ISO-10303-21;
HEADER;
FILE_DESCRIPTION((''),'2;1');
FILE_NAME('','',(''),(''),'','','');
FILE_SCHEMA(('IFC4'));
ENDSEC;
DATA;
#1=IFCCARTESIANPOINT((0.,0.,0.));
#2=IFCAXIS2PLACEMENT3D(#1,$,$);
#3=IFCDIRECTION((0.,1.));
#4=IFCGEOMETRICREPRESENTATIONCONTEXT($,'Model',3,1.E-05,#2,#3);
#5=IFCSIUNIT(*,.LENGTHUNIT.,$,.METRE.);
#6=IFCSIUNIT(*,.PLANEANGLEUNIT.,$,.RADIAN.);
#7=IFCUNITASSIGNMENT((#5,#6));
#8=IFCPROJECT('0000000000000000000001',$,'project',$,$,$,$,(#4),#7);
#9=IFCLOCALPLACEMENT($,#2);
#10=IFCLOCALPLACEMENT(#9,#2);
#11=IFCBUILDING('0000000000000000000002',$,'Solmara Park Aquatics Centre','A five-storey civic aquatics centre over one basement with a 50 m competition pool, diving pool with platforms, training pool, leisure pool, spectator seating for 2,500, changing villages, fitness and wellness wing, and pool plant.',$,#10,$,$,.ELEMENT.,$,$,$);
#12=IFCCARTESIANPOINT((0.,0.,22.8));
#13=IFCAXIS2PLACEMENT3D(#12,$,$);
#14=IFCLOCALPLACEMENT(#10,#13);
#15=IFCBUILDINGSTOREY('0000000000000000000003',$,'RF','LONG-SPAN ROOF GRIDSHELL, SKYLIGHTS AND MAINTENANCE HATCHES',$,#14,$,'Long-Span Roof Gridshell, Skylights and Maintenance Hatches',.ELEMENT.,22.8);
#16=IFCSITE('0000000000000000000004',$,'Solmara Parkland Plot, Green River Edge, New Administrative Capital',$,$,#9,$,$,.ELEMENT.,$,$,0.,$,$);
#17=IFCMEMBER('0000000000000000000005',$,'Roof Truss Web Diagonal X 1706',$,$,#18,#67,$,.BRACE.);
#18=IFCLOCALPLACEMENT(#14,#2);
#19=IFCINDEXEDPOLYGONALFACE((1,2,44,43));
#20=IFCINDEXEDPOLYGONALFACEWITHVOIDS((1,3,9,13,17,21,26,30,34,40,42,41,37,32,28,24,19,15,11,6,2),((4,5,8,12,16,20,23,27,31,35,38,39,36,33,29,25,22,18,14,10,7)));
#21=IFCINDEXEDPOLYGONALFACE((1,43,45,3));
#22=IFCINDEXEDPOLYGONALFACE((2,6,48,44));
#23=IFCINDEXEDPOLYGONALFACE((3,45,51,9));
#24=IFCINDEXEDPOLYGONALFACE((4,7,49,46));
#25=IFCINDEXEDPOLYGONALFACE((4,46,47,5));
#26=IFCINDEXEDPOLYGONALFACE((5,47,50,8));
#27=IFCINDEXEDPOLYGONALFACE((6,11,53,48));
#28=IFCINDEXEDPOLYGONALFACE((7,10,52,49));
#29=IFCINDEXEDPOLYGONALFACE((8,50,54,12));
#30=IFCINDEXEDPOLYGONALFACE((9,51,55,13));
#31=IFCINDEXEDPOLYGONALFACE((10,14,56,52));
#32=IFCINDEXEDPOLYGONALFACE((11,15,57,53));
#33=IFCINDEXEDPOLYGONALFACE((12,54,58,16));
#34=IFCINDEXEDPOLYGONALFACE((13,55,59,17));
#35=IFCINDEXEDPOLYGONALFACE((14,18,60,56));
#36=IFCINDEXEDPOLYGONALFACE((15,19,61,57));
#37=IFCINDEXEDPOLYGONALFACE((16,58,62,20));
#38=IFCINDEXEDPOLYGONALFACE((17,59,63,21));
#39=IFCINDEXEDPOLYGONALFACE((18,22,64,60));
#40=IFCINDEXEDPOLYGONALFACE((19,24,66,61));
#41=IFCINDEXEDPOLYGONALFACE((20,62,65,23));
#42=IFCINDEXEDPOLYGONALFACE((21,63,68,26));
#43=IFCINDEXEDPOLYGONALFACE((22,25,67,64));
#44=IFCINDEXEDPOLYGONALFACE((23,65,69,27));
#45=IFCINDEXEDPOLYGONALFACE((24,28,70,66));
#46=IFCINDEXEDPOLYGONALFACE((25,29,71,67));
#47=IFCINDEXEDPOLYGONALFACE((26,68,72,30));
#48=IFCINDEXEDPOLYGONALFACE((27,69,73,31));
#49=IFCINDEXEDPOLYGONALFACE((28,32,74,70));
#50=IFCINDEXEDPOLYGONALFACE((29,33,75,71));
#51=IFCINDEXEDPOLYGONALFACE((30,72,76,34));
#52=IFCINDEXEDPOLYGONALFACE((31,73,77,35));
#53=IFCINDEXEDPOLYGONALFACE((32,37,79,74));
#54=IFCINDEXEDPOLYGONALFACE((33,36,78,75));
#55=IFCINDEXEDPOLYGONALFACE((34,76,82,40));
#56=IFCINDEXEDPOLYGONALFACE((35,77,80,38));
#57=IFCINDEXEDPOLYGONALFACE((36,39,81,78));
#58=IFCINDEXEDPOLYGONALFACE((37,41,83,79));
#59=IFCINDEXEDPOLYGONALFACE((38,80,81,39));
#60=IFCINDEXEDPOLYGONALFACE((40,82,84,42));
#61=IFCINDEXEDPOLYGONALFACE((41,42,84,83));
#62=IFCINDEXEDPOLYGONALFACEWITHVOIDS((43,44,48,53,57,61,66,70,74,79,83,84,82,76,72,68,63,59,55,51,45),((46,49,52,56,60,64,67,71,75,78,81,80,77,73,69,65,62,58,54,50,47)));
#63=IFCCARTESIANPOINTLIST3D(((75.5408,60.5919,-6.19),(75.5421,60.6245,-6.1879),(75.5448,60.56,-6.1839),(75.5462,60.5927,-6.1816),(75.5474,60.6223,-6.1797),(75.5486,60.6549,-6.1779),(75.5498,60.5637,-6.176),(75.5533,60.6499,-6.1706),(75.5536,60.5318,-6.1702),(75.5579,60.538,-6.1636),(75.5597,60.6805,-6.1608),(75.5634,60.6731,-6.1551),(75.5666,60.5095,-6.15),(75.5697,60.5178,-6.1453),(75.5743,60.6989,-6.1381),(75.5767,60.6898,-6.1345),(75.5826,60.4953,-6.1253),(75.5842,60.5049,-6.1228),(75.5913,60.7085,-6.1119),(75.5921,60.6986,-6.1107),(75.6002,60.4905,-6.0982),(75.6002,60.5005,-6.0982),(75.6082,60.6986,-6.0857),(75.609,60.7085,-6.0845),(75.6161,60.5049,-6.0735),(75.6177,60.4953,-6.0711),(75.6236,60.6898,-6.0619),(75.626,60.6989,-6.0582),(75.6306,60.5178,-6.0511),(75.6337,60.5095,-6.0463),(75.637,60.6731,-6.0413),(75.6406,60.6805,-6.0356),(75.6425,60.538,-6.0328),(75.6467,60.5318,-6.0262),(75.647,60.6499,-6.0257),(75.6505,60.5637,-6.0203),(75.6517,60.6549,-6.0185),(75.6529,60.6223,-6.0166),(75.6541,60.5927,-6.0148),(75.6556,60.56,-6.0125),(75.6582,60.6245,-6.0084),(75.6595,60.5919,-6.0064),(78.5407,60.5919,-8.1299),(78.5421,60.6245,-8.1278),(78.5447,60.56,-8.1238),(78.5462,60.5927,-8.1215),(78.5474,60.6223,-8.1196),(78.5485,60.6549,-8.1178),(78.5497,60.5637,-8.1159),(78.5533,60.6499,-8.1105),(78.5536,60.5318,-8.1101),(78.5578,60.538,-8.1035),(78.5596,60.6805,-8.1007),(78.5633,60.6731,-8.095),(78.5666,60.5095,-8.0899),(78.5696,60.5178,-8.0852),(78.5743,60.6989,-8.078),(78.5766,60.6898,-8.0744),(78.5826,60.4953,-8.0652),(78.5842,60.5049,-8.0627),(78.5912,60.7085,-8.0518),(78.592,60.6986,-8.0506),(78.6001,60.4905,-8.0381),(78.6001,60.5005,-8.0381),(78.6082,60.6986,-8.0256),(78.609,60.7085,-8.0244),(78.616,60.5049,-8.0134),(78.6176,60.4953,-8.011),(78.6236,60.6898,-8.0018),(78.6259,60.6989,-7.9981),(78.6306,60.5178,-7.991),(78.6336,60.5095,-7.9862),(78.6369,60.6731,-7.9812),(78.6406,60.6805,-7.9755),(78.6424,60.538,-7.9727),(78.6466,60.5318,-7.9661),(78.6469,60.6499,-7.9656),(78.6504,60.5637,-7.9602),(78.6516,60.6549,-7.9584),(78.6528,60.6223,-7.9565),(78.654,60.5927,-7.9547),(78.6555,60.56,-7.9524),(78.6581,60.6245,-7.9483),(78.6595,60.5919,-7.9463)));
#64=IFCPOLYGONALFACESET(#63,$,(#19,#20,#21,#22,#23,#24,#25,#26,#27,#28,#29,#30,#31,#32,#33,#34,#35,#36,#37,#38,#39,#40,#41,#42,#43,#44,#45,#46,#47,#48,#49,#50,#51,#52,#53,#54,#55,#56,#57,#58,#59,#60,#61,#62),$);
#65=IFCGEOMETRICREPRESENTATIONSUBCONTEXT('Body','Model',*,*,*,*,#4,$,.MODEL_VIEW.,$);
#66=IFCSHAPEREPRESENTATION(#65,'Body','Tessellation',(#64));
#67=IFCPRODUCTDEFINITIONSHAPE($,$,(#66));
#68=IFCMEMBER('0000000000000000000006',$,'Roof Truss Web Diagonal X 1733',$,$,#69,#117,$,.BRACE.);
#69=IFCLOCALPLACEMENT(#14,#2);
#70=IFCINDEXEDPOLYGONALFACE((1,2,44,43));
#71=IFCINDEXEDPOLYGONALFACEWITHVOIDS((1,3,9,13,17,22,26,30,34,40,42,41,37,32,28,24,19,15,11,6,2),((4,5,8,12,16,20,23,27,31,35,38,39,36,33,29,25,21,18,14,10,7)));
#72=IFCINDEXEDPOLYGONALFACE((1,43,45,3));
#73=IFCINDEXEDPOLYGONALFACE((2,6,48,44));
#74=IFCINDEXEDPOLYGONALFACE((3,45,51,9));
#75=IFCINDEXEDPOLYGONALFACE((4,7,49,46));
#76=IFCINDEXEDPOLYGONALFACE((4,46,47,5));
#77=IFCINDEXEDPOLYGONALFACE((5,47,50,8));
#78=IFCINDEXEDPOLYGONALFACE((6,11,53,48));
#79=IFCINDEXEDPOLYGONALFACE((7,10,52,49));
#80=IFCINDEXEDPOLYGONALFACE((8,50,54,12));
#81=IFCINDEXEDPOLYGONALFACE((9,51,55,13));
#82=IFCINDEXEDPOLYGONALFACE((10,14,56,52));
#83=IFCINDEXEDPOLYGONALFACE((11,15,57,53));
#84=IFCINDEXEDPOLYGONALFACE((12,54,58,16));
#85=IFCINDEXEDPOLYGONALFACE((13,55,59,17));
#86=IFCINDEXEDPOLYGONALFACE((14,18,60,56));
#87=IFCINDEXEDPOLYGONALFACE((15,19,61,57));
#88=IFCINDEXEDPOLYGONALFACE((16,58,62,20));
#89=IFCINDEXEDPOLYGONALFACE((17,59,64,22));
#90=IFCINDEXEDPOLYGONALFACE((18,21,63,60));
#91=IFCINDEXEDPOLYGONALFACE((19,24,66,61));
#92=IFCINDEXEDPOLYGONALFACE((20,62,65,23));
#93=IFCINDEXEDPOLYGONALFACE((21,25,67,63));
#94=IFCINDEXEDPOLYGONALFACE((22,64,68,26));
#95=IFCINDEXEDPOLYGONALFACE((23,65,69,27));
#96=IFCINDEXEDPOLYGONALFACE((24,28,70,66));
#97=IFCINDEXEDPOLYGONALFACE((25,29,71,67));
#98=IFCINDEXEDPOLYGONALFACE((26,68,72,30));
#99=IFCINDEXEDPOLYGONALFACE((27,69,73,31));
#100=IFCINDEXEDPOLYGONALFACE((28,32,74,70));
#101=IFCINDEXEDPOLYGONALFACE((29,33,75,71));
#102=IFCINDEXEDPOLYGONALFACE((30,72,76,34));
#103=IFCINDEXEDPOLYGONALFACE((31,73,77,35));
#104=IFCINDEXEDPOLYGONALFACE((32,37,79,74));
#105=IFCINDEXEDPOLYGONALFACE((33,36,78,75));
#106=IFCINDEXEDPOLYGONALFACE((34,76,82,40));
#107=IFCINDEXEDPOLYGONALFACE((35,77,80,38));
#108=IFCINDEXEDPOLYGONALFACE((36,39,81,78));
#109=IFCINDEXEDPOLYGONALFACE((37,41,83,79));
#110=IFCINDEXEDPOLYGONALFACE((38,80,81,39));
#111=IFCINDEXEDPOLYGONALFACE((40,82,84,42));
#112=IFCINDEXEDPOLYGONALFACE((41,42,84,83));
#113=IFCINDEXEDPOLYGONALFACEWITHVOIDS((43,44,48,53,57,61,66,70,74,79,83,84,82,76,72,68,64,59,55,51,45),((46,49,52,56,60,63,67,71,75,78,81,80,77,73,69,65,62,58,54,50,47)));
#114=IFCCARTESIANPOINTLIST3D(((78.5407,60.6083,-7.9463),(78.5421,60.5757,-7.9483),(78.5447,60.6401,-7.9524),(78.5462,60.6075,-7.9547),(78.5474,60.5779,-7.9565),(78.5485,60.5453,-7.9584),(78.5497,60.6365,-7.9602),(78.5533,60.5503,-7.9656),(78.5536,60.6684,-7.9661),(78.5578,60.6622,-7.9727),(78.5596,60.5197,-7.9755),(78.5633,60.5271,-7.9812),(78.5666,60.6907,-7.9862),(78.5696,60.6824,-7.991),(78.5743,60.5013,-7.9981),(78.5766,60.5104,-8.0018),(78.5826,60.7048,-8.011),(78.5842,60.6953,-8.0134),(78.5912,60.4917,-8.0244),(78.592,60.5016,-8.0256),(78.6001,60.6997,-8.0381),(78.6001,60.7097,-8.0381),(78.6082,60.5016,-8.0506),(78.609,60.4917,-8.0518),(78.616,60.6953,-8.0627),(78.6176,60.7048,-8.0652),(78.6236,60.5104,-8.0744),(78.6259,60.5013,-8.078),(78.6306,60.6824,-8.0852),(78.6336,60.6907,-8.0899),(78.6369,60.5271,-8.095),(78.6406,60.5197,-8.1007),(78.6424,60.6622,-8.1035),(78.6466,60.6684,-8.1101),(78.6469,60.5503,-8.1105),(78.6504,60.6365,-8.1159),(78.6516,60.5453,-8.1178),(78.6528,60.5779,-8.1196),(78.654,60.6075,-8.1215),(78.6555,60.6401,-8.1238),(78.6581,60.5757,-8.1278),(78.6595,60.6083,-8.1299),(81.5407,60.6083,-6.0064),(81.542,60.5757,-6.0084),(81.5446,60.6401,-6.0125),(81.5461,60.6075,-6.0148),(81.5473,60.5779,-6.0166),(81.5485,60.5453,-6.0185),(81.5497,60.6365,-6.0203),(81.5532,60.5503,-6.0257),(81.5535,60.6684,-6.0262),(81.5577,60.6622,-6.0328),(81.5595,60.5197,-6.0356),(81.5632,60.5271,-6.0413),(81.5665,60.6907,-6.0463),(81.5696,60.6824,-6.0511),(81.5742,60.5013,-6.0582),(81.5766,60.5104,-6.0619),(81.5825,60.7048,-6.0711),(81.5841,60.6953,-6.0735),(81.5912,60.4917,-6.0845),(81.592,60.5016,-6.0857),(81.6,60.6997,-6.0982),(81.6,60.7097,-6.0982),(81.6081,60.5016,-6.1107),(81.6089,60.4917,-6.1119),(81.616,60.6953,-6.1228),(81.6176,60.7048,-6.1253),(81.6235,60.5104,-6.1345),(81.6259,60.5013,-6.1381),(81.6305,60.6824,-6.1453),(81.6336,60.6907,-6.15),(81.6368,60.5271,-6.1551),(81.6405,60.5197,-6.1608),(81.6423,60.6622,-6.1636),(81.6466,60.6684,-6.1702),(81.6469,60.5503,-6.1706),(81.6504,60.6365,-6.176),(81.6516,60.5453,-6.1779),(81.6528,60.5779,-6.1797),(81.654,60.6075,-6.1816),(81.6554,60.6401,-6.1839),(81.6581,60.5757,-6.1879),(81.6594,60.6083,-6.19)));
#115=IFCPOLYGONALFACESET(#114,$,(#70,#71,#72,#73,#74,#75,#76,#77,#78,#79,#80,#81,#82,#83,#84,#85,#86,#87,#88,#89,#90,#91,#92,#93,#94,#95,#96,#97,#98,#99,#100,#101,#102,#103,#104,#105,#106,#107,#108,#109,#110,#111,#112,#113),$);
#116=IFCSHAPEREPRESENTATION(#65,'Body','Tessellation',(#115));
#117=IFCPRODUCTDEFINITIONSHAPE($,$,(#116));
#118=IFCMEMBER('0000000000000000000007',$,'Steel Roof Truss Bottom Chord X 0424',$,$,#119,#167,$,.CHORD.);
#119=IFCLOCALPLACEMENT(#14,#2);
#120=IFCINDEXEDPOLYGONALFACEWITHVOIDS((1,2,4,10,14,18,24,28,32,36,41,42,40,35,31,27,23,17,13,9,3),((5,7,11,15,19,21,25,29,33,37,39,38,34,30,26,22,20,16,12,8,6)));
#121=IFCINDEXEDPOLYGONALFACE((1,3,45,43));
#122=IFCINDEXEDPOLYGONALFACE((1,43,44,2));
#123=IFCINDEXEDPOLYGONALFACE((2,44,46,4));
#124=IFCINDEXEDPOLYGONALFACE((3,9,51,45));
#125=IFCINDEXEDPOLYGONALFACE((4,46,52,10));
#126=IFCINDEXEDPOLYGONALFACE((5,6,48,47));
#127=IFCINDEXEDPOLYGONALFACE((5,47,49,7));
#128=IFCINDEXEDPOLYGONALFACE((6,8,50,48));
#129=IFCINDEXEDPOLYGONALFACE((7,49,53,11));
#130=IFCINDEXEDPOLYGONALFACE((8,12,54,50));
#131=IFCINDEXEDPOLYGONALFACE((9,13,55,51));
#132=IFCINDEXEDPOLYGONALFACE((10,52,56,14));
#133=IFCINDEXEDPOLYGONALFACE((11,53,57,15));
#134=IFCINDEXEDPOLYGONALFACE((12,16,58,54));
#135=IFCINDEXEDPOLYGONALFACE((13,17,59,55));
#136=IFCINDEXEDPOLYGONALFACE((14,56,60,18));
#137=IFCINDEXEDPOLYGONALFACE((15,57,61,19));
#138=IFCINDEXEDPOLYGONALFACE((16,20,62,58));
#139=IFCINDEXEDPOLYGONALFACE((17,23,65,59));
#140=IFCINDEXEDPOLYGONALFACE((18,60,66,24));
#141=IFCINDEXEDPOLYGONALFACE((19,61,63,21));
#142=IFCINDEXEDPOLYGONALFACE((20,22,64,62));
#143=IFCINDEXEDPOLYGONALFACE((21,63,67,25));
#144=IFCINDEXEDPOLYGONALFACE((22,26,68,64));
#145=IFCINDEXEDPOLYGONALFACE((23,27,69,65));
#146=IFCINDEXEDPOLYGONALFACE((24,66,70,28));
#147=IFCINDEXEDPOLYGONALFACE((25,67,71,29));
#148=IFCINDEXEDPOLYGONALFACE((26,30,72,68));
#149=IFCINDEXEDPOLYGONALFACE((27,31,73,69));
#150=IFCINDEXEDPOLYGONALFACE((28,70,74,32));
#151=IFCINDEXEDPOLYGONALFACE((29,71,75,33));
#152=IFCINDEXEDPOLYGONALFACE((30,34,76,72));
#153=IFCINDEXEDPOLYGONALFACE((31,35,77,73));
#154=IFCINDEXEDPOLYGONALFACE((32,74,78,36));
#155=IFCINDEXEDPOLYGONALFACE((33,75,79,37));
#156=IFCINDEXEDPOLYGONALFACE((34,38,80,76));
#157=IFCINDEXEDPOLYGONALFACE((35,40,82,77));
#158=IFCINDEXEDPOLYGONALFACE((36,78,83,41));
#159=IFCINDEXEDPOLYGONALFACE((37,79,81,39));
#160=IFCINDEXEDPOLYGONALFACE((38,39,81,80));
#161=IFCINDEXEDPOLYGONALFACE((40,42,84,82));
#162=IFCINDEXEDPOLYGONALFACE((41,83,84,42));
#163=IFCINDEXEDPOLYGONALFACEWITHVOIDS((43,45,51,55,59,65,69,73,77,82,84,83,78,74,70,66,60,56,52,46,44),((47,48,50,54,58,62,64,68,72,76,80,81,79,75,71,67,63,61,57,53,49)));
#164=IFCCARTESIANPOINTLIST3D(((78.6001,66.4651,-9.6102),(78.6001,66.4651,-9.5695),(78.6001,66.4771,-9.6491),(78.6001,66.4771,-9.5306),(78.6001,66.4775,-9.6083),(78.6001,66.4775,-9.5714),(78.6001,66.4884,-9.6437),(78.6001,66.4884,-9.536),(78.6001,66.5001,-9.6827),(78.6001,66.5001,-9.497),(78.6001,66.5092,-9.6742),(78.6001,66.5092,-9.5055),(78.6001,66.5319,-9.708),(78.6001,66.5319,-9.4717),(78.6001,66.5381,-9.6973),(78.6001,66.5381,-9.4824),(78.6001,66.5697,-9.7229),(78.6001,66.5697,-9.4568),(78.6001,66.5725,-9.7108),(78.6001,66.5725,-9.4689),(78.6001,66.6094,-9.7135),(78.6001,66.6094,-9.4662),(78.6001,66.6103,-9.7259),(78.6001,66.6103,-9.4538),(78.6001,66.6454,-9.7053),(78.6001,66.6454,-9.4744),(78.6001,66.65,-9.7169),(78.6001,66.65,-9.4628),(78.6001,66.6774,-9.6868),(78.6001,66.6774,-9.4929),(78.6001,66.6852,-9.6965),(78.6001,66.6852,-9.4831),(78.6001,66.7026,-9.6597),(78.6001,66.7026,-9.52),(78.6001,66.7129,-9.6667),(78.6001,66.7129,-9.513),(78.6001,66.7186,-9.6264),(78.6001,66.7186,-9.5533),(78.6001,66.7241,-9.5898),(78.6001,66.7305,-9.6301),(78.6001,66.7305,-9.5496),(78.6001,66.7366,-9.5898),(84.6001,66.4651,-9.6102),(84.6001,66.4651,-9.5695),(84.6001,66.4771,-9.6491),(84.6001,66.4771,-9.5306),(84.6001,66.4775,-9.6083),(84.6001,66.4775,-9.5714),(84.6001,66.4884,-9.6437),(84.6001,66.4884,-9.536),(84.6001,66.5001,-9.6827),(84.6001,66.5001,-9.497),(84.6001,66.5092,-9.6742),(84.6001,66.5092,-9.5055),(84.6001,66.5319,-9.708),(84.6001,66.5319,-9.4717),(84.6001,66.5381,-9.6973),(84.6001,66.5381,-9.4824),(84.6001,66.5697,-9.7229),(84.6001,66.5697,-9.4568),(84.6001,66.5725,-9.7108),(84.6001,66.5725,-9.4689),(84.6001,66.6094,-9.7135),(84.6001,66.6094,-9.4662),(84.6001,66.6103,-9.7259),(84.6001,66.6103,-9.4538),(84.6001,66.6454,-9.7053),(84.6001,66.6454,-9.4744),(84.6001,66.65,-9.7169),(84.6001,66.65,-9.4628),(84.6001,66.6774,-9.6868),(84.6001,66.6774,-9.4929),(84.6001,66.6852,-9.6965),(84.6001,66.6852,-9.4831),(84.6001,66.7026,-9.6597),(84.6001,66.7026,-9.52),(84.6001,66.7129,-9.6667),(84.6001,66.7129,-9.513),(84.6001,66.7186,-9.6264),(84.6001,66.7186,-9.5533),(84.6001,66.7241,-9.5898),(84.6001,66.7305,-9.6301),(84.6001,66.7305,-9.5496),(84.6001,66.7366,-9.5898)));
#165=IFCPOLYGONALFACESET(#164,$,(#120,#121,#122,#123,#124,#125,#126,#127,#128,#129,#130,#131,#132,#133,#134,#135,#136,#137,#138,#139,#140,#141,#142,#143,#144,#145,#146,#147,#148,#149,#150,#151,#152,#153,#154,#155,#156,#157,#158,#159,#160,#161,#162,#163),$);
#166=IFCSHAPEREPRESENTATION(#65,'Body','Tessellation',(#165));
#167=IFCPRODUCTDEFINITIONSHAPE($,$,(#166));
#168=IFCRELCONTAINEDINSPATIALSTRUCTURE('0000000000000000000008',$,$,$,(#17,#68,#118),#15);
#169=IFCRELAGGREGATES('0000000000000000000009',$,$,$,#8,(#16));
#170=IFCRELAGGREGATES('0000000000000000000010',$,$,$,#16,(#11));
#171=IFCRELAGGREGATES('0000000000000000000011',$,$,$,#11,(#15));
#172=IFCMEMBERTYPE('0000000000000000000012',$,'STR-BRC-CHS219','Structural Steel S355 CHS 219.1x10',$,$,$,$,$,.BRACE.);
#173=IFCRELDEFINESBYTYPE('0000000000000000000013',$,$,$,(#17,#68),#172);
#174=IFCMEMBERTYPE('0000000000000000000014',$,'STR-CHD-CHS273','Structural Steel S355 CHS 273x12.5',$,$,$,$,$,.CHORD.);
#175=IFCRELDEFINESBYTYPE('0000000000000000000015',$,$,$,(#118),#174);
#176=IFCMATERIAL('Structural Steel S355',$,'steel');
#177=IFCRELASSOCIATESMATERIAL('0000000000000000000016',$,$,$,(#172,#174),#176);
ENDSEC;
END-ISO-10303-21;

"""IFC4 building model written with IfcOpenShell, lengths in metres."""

from ifc_helpers import new_model, si_unit, direction, frame, origin, origin_2d, place, context, subcontext, project, spatial, hollow_circle, extrude, material, material_profile, profile_set, type_object, element, save


model = new_model("IFC4")

# Units and contexts
model_context = context("Model", 3, precision=1e-05, world=origin(), true_north=direction((0.0, 1.0)))
body_context = subcontext(model_context, "Body", "Model", "MODEL_VIEW")
ifc_project = project(units=[si_unit("LENGTHUNIT", "METRE"), si_unit("PLANEANGLEUNIT", "RADIAN")], contexts=[model_context])

# Site, building, storey
site_placement = place(None, origin())
site = spatial("IfcSite", under=ifc_project, at=site_placement, Name="Solmara Parkland Plot, Green River Edge, New Administrative Capital", CompositionType="ELEMENT", RefElevation=0.0)
building_placement = place(site_placement, origin())
building = spatial("IfcBuilding", under=site, at=building_placement, Name="Solmara Park Aquatics Centre", Description="A five-storey civic aquatics centre over one basement with a 50 m competition pool, diving pool with platforms, training pool, leisure pool, spectator seating for 2,500, changing villages, fitness and wellness wing, and pool plant.", CompositionType="ELEMENT")
storey_placement = place(building_placement, frame((0.0, 0.0, 22.8)))
storey = spatial("IfcBuildingStorey", under=building, at=storey_placement, Name="RF", Description="LONG-SPAN ROOF GRIDSHELL, SKYLIGHTS AND MAINTENANCE HATCHES", LongName="Long-Span Roof Gridshell, Skylights and Maintenance Hatches", CompositionType="ELEMENT", Elevation=22.8)

# Members
ifc_material_1 = material(Name="Structural Steel S355", Category="steel")
ifc_material_profile_1 = material_profile(ifc_material_1, hollow_circle(Radius=0.1096, WallThickness=0.01, at=origin_2d()), Name="CHS 219.1x10")
ifc_profile_set_1 = profile_set([ifc_material_profile_1], Name="Structural Steel S355")
member_type_1 = type_object("IfcMemberType", Name="STR-BRC-CHS219", Description="Structural Steel S355 CHS 219.1x10", PredefinedType="BRACE", material=ifc_profile_set_1)
for number, where, z_axis, x_axis, name in (
    (1, (78.6001, 60.6001, -8.0381), (-0.839728, 0.0, 0.543008), (0.0, -1.0, 0.0), "Roof Truss Web Diagonal X 1706"),
    (2, (78.6001, 60.6001, -8.0381), (0.839728, 0.0, 0.543008), (0.0, 1.0, 0.0), "Roof Truss Web Diagonal X 1733"),
):
    element("IfcMember", number, at=place(storey_placement, frame(where, z_axis=z_axis, x_axis=x_axis)), inside=storey, type_object=member_type_1, Name=name, PredefinedType="BRACE", context=body_context, shape_type="SweptSolid", body=[
        extrude(hollow_circle(Radius=0.1096, WallThickness=0.01, at=origin_2d()), origin(), (0.0, 0.0, 1.0), 3.5725),
    ])
ifc_material_profile_2 = material_profile(ifc_material_1, hollow_circle(Radius=0.1365, WallThickness=0.0125, at=origin_2d()), Name="CHS 273x12.5")
ifc_profile_set_2 = profile_set([ifc_material_profile_2], Name="Structural Steel S355")
member_type_2 = type_object("IfcMemberType", Name="STR-CHD-CHS273", Description="Structural Steel S355 CHS 273x12.5", PredefinedType="CHORD", material=ifc_profile_set_2)
member_1_placement = place(storey_placement, frame((78.6001, 66.6001, -9.5898), z_axis=(1.0, 0.0, 0.0), x_axis=(0.0, 1.0, 0.0)))
element("IfcMember", 3, at=member_1_placement, inside=storey, type_object=member_type_2, Name="Steel Roof Truss Bottom Chord X 0424", PredefinedType="CHORD", context=body_context, shape_type="SweptSolid", body=[
    extrude(hollow_circle(Radius=0.1365, WallThickness=0.0125, at=origin_2d()), origin(), (0.0, 0.0, 1.0), 6.0),
])

save(model, "model.ifc")
